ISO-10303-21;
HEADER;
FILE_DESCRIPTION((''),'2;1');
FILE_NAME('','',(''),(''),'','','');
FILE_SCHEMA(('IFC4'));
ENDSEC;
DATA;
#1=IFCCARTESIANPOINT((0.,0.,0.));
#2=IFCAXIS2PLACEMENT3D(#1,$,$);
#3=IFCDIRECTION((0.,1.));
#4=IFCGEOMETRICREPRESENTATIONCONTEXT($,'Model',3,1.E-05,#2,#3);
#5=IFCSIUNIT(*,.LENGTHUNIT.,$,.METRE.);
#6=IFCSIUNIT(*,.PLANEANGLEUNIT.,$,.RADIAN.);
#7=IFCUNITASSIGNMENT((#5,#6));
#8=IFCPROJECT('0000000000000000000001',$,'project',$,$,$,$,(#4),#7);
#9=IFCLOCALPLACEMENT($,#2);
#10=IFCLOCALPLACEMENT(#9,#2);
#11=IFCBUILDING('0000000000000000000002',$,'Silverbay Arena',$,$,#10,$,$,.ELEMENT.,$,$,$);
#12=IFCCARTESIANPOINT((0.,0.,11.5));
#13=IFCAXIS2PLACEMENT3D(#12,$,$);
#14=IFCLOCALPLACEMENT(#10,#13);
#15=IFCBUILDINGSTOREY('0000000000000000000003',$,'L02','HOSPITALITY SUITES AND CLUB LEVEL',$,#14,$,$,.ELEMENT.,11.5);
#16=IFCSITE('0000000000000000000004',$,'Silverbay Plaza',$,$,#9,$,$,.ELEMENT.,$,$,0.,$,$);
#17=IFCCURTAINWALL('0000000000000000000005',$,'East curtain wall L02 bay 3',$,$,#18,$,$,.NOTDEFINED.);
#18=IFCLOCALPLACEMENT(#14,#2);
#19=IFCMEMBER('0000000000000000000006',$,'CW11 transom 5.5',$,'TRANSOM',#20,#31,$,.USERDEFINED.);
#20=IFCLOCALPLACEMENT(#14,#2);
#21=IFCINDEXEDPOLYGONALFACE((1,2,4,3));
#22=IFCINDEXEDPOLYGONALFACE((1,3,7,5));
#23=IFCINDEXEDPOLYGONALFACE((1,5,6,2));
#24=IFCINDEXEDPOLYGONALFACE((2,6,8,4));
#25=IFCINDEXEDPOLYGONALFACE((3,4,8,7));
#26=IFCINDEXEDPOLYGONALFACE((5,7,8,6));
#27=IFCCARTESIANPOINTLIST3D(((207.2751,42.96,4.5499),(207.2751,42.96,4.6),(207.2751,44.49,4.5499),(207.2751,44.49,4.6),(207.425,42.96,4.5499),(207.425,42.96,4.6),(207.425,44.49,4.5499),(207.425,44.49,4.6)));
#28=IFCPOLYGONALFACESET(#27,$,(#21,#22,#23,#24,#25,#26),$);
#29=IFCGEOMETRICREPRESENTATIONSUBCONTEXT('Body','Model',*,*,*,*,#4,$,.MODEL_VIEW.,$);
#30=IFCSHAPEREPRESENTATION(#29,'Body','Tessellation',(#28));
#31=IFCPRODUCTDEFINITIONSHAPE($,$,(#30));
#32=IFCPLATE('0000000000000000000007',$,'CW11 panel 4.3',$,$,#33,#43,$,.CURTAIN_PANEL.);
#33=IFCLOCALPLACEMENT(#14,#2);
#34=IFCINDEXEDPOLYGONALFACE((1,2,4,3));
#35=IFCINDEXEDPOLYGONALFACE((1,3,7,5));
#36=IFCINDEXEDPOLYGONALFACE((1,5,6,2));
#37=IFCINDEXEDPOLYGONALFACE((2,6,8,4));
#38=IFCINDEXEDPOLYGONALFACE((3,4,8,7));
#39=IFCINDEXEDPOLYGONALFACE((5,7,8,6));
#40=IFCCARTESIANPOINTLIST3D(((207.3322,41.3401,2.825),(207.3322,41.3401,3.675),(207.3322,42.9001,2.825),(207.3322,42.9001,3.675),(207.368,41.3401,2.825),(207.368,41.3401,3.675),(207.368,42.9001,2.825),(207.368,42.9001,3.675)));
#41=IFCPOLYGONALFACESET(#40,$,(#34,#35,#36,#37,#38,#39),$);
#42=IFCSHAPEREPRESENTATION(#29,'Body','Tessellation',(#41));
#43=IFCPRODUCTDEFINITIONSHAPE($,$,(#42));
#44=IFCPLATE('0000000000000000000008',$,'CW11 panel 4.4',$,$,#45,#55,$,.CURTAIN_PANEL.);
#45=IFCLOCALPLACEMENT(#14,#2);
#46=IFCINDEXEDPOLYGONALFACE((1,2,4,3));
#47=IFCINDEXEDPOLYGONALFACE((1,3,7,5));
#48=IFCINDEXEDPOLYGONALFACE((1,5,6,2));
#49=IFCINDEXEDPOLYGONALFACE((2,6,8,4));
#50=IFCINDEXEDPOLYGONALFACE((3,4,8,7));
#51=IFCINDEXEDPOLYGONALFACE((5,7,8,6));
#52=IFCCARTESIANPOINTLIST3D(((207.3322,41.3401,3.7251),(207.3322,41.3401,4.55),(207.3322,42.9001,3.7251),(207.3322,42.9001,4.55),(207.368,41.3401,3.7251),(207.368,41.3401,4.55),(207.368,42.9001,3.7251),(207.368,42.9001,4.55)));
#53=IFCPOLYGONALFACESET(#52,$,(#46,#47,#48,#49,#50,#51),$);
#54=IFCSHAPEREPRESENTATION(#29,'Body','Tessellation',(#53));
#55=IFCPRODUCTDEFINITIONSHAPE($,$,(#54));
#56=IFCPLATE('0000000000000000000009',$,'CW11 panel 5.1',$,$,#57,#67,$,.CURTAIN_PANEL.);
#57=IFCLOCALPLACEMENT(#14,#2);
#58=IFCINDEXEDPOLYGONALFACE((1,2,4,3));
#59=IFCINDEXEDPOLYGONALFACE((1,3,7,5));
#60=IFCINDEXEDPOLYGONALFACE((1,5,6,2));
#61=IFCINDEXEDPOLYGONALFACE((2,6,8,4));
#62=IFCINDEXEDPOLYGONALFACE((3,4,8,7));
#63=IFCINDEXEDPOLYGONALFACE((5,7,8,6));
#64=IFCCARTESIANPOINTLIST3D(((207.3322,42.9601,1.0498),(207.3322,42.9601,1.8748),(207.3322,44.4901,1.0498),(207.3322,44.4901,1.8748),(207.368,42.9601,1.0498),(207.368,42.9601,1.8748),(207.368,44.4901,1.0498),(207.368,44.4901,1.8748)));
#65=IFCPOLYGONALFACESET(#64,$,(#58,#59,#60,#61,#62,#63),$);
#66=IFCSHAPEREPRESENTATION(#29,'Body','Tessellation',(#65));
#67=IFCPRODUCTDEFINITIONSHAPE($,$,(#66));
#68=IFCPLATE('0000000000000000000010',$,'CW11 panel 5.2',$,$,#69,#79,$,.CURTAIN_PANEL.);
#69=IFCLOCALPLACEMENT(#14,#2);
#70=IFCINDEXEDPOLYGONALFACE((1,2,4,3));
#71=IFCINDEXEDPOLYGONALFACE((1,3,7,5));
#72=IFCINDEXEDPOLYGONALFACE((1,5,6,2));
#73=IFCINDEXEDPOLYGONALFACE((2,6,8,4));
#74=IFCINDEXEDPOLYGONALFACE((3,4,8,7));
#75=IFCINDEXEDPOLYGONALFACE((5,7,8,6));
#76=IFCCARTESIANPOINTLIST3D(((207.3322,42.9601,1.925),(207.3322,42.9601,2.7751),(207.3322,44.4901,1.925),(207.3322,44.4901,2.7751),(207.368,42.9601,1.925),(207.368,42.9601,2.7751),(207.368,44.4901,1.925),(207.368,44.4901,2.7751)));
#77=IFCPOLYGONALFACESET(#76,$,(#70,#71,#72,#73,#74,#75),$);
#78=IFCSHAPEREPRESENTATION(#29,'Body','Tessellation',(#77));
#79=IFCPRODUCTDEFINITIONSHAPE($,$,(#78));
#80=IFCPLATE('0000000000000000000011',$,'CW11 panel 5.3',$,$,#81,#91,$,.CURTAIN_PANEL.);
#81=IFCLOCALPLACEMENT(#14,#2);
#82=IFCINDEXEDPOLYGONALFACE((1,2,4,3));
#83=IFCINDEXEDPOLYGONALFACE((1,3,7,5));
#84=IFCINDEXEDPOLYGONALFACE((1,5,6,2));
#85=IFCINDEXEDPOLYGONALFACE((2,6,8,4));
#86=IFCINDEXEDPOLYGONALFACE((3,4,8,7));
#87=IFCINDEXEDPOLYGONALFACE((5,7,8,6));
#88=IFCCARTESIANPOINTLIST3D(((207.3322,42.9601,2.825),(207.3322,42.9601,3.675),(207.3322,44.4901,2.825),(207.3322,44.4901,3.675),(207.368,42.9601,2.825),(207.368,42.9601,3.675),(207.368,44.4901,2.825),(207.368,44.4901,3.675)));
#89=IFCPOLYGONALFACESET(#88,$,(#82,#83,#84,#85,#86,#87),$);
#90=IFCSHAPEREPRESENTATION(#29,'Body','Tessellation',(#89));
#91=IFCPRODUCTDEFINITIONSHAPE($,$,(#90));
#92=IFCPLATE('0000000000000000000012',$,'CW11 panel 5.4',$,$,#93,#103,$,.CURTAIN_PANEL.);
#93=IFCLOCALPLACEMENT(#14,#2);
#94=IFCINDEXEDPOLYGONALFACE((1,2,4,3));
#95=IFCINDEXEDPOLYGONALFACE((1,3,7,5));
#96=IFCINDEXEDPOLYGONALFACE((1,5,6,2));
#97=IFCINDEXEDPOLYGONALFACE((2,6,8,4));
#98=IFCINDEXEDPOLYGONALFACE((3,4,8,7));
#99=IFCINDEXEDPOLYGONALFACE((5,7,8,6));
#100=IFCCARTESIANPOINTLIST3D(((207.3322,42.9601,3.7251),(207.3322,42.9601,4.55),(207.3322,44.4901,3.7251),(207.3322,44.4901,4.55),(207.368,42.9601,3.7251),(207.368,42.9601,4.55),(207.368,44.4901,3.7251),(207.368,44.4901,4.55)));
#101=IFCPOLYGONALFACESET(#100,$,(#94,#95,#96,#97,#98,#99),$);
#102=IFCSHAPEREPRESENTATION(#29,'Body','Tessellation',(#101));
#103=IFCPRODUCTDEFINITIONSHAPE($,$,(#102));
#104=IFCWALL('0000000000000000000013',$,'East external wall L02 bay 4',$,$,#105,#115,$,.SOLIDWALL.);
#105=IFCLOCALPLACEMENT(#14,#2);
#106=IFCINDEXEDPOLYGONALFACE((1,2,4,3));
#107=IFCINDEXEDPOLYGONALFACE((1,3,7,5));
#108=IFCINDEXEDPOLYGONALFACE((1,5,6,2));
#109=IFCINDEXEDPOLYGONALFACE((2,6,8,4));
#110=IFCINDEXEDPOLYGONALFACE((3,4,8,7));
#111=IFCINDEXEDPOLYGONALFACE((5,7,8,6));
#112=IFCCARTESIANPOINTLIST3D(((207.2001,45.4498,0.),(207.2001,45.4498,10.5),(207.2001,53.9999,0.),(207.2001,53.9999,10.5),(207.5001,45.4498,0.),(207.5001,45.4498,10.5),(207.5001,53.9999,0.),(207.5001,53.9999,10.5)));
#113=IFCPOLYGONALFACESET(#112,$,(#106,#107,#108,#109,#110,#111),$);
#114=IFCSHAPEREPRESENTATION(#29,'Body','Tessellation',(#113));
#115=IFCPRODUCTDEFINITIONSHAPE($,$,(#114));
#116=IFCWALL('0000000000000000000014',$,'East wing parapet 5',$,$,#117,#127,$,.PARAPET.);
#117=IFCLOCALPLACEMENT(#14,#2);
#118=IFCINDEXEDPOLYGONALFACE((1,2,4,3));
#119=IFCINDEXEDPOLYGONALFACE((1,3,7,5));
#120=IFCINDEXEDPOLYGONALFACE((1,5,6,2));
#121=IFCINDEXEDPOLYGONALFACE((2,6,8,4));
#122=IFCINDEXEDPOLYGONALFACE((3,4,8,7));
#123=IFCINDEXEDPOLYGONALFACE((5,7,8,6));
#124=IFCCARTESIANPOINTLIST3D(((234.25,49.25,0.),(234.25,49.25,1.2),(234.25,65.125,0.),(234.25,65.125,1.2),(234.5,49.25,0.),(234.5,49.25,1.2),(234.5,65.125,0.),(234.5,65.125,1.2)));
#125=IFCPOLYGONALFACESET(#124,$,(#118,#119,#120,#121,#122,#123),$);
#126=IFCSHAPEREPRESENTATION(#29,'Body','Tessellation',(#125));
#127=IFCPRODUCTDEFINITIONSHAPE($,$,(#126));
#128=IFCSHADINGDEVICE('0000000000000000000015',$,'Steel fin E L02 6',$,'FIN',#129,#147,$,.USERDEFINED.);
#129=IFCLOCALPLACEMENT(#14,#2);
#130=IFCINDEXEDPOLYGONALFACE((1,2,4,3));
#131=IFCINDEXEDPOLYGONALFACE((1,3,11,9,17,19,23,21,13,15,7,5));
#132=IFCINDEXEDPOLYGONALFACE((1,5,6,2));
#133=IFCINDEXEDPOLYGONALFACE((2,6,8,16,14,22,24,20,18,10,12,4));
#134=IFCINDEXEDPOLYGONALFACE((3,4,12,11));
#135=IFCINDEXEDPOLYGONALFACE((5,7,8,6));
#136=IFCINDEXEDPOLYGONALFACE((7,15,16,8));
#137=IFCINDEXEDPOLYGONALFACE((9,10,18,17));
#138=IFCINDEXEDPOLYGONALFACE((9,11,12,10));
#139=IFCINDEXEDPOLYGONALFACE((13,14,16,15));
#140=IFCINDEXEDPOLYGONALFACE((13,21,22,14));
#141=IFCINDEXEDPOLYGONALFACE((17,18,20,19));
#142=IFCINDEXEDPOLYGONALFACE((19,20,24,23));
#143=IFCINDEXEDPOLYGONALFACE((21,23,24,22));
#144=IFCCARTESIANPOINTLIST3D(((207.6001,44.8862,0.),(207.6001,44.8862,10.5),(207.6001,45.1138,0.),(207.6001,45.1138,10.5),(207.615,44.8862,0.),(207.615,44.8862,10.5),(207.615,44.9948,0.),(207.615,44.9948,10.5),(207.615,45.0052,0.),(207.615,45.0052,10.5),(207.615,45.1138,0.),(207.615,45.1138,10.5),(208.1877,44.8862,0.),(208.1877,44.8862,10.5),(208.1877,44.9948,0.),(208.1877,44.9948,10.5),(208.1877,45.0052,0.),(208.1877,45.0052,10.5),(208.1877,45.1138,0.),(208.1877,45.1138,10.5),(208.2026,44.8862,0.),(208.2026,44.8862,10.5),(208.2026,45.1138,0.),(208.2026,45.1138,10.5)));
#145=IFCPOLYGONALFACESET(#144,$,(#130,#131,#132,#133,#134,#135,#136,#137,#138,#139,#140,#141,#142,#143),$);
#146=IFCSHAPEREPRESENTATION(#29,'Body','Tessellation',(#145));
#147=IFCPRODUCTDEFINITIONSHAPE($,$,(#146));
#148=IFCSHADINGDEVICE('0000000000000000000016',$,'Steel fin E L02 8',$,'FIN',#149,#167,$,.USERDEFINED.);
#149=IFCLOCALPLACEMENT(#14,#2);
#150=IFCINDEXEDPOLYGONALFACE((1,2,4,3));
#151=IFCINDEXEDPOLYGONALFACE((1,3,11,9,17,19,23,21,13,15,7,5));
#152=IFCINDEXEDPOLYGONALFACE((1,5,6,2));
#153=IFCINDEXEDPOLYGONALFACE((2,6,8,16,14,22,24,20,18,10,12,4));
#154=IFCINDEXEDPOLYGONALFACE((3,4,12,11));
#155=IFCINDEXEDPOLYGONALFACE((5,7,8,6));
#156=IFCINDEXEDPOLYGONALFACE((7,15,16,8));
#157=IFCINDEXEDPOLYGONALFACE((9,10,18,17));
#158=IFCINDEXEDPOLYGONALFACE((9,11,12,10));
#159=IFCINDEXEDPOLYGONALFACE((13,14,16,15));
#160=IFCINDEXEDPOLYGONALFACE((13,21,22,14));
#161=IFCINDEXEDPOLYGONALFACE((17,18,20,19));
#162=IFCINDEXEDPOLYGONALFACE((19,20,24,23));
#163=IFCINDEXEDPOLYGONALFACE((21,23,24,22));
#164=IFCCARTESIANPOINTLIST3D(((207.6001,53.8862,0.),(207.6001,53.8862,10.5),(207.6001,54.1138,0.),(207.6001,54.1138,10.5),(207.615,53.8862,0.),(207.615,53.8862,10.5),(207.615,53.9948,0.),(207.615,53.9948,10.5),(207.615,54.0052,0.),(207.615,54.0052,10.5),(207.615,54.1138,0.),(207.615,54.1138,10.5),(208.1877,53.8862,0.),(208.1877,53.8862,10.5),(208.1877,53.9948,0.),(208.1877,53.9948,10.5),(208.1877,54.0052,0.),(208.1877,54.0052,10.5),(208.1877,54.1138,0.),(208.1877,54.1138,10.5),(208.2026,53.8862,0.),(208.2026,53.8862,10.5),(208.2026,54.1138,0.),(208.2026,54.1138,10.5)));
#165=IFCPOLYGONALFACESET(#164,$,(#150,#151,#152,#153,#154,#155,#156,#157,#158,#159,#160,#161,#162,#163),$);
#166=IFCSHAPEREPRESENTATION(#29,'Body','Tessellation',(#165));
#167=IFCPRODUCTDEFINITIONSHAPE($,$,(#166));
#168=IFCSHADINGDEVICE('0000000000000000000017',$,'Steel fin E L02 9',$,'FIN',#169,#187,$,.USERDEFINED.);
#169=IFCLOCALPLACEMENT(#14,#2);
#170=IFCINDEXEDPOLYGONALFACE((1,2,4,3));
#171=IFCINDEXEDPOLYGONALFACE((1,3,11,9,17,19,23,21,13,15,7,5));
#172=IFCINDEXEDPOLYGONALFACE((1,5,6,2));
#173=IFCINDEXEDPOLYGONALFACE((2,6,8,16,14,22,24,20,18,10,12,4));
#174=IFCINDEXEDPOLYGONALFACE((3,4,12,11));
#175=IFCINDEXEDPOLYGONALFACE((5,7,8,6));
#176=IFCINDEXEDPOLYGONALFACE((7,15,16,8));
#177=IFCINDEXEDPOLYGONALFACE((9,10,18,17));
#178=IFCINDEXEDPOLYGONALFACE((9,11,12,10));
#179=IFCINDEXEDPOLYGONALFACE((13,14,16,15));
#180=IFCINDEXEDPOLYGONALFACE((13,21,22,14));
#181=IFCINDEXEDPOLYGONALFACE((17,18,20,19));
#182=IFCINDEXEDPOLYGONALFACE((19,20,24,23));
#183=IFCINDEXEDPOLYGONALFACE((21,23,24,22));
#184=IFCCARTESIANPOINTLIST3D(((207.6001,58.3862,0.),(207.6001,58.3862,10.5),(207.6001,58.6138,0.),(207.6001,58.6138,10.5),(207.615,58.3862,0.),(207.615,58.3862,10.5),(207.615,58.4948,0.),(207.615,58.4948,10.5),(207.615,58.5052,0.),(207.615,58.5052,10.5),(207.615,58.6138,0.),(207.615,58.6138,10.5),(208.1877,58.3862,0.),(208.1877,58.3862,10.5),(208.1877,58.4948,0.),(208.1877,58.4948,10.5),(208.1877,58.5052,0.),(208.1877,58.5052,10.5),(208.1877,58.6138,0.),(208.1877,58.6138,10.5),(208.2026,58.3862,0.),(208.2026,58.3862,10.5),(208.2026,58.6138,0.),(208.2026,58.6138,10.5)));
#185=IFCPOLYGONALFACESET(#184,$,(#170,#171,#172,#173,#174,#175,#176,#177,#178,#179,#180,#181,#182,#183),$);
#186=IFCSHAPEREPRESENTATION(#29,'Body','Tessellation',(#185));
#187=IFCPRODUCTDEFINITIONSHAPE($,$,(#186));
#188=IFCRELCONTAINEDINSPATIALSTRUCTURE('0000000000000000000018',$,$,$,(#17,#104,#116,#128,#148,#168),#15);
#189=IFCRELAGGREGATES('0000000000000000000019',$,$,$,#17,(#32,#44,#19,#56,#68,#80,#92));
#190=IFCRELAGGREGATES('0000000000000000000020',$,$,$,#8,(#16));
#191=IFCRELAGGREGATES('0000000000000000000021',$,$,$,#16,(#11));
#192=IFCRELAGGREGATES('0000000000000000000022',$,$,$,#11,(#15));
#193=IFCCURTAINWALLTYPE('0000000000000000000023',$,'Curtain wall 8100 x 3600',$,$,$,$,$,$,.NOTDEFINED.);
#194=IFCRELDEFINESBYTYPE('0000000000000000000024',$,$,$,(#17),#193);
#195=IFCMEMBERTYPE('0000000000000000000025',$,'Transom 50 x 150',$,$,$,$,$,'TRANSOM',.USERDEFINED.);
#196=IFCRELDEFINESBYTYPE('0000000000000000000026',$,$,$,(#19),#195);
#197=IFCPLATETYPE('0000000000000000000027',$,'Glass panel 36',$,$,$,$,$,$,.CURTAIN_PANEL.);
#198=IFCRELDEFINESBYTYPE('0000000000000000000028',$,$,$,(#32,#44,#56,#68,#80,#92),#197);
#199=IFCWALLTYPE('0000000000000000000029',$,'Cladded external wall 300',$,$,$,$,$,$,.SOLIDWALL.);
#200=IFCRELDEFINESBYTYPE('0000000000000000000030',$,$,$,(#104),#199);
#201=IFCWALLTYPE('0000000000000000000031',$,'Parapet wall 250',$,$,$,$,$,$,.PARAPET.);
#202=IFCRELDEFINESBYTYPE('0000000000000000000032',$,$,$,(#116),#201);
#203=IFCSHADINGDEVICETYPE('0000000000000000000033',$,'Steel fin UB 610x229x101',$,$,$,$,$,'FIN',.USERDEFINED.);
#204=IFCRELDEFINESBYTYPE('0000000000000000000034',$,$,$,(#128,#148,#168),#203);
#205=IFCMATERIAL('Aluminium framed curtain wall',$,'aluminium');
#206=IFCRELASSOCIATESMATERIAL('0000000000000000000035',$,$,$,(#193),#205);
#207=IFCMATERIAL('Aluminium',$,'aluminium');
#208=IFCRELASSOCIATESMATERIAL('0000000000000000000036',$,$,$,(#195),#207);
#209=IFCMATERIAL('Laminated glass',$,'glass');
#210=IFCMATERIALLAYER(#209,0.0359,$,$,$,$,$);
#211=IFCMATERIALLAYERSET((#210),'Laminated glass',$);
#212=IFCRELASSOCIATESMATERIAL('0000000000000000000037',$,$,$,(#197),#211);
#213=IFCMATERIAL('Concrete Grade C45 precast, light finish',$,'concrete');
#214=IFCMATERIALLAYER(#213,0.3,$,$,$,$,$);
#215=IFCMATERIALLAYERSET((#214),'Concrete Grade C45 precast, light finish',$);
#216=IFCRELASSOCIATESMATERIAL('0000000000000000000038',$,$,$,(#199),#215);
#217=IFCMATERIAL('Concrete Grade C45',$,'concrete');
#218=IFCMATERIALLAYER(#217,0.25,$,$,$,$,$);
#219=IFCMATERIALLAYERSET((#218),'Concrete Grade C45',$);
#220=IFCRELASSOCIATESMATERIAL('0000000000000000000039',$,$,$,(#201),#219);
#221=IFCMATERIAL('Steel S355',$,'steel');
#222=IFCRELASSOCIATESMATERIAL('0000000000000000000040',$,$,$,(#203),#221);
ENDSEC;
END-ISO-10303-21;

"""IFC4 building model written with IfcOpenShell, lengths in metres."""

from ifc_helpers import new_model, si_unit, direction, frame, frame_2d, origin, origin_2d, place, context, subcontext, project, spatial, rectangle, i_section, extrude, material, layer, layer_set, material_profile, profile_set, type_object, element, aggregate, save


model = new_model("IFC4")

# Units and contexts
model_context = context("Model", 3, precision=1e-05, world=origin(), true_north=direction((0.0, 1.0)))
body_context = subcontext(model_context, "Body", "Model", "MODEL_VIEW")
ifc_project = project(units=[si_unit("LENGTHUNIT", "METRE"), si_unit("PLANEANGLEUNIT", "RADIAN")], contexts=[model_context])

# Site, building, storey
site_placement = place(None, origin())
site = spatial("IfcSite", under=ifc_project, at=site_placement, Name="Silverbay Plaza", CompositionType="ELEMENT", RefElevation=0.0)
building_placement = place(site_placement, origin())
building = spatial("IfcBuilding", under=site, at=building_placement, Name="Silverbay Arena", CompositionType="ELEMENT")
storey_placement = place(building_placement, frame((0.0, 0.0, 11.5)))
storey = spatial("IfcBuildingStorey", under=building, at=storey_placement, Name="L02", Description="HOSPITALITY SUITES AND CLUB LEVEL", CompositionType="ELEMENT", Elevation=11.5)

# Curtain wall
ifc_material_1 = material(Name="Aluminium framed curtain wall", Category="aluminium")
curtain_wall_type = type_object("IfcCurtainWallType", Name="Curtain wall 8100 x 3600", PredefinedType="NOTDEFINED", material=ifc_material_1)
curtain_wall_placement = place(storey_placement, origin())
curtain_wall = element("IfcCurtainWall", 1, at=curtain_wall_placement, inside=storey, type_object=curtain_wall_type, Name="East curtain wall L02 bay 3", PredefinedType="NOTDEFINED")

# Member
ifc_material_2 = material(Name="Aluminium", Category="aluminium")
ifc_material_profile_1 = material_profile(ifc_material_2, rectangle(XDim=0.1499, YDim=0.05, at=origin_2d()), Name="Transom 50 x 150")
ifc_profile_set_1 = profile_set([ifc_material_profile_1], Name="Aluminium")
member_type_1 = type_object("IfcMemberType", Name="Transom 50 x 150", ElementType="TRANSOM", PredefinedType="USERDEFINED", material=ifc_profile_set_1)
member_1_placement = place(storey_placement, frame((207.3501, 42.96, 4.575), z_axis=(0.0, 1.0, 0.0), x_axis=(-1.0, 0.0, 0.0)))
member_1 = element("IfcMember", 2, at=member_1_placement, type_object=member_type_1, Name="CW11 transom 5.5", ObjectType="TRANSOM", PredefinedType="USERDEFINED", context=body_context, shape_type="SweptSolid", body=[
    extrude(rectangle(XDim=0.1499, YDim=0.05, at=origin_2d()), origin(), (0.0, 0.0, 1.0), 1.53),
])

# Plates
ifc_material_3 = material(Name="Laminated glass", Category="glass")
ifc_layer_1 = layer(ifc_material_3, 0.0359)
ifc_layer_set_1 = layer_set([ifc_layer_1], Name="Laminated glass")
plate_type = type_object("IfcPlateType", Name="Glass panel 36", PredefinedType="CURTAIN_PANEL", material=ifc_layer_set_1)
plate_1_placement = place(storey_placement, frame((207.3501, 42.1201, 2.825), z_axis=(0.0, 0.0, 1.0), x_axis=(0.0, 1.0, 0.0)))
plate_1 = element("IfcPlate", 3, at=plate_1_placement, type_object=plate_type, Name="CW11 panel 4.3", PredefinedType="CURTAIN_PANEL", context=body_context, shape_type="SweptSolid", body=[
    extrude(rectangle(XDim=1.5601, YDim=0.0359, at=origin_2d()), origin(), (0.0, 0.0, 1.0), 0.8501),
])
plate_2_placement = place(storey_placement, frame((207.3501, 42.1201, 3.7251), z_axis=(0.0, 0.0, 1.0), x_axis=(0.0, 1.0, 0.0)))
plate_2 = element("IfcPlate", 4, at=plate_2_placement, type_object=plate_type, Name="CW11 panel 4.4", PredefinedType="CURTAIN_PANEL", context=body_context, shape_type="SweptSolid", body=[
    extrude(rectangle(XDim=1.5601, YDim=0.0359, at=origin_2d()), origin(), (0.0, 0.0, 1.0), 0.825),
])
plate_3_placement = place(storey_placement, frame((207.3501, 43.7251, 1.0498), z_axis=(0.0, 0.0, 1.0), x_axis=(0.0, 1.0, 0.0)))
plate_3 = element("IfcPlate", 5, at=plate_3_placement, type_object=plate_type, Name="CW11 panel 5.1", PredefinedType="CURTAIN_PANEL", context=body_context, shape_type="SweptSolid", body=[
    extrude(rectangle(XDim=1.53, YDim=0.0359, at=origin_2d()), origin(), (0.0, 0.0, 1.0), 0.825),
])
plate_4_placement = place(storey_placement, frame((207.3501, 43.7251, 1.925), z_axis=(0.0, 0.0, 1.0), x_axis=(0.0, 1.0, 0.0)))
plate_4 = element("IfcPlate", 6, at=plate_4_placement, type_object=plate_type, Name="CW11 panel 5.2", PredefinedType="CURTAIN_PANEL", context=body_context, shape_type="SweptSolid", body=[
    extrude(rectangle(XDim=1.53, YDim=0.0359, at=origin_2d()), origin(), (0.0, 0.0, 1.0), 0.8501),
])
plate_5_placement = place(storey_placement, frame((207.3501, 43.7251, 2.825), z_axis=(0.0, 0.0, 1.0), x_axis=(0.0, 1.0, 0.0)))
plate_5 = element("IfcPlate", 7, at=plate_5_placement, type_object=plate_type, Name="CW11 panel 5.3", PredefinedType="CURTAIN_PANEL", context=body_context, shape_type="SweptSolid", body=[
    extrude(rectangle(XDim=1.53, YDim=0.0359, at=origin_2d()), origin(), (0.0, 0.0, 1.0), 0.8501),
])
plate_6_placement = place(storey_placement, frame((207.3501, 43.7251, 3.7251), z_axis=(0.0, 0.0, 1.0), x_axis=(0.0, 1.0, 0.0)))
plate_6 = element("IfcPlate", 8, at=plate_6_placement, type_object=plate_type, Name="CW11 panel 5.4", PredefinedType="CURTAIN_PANEL", context=body_context, shape_type="SweptSolid", body=[
    extrude(rectangle(XDim=1.53, YDim=0.0359, at=origin_2d()), origin(), (0.0, 0.0, 1.0), 0.825),
])
aggregate(curtain_wall, [plate_1, plate_2, member_1, plate_3, plate_4, plate_5, plate_6])

# Walls
ifc_material_4 = material(Name="Concrete Grade C45 precast, light finish", Category="concrete")
ifc_layer_2 = layer(ifc_material_4, 0.3)
ifc_layer_set_2 = layer_set([ifc_layer_2], Name="Concrete Grade C45 precast, light finish")
wall_type_1 = type_object("IfcWallType", Name="Cladded external wall 300", PredefinedType="SOLIDWALL", material=ifc_layer_set_2)
wall_1_placement = place(storey_placement, frame((207.3501, 45.45, 0.0), z_axis=(0.0, 0.0, 1.0), x_axis=(0.0, 1.0, 0.0)))
element("IfcWall", 9, at=wall_1_placement, inside=storey, type_object=wall_type_1, Name="East external wall L02 bay 4", PredefinedType="SOLIDWALL", context=body_context, shape_type="SweptSolid", body=[
    extrude(rectangle(XDim=8.55, YDim=0.3, at=frame_2d((4.2749, 0.0))), origin(), (0.0, 0.0, 1.0), 10.5),
])
ifc_material_5 = material(Name="Concrete Grade C45", Category="concrete")
ifc_layer_3 = layer(ifc_material_5, 0.25)
ifc_layer_set_3 = layer_set([ifc_layer_3], Name="Concrete Grade C45")
wall_type_2 = type_object("IfcWallType", Name="Parapet wall 250", PredefinedType="PARAPET", material=ifc_layer_set_3)
wall_2_placement = place(storey_placement, frame((234.375, 49.25, 0.0), z_axis=(0.0, 0.0, 1.0), x_axis=(0.0, 1.0, 0.0)))
element("IfcWall", 10, at=wall_2_placement, inside=storey, type_object=wall_type_2, Name="East wing parapet 5", PredefinedType="PARAPET", context=body_context, shape_type="SweptSolid", body=[
    extrude(rectangle(XDim=15.875, YDim=0.25, at=frame_2d((7.9375, 0.0))), origin(), (0.0, 0.0, 1.0), 1.2),
])

# Shading devices
ifc_material_6 = material(Name="Steel S355", Category="steel")
ifc_material_profile_2 = material_profile(ifc_material_6, i_section(OverallWidth=0.2275, OverallDepth=0.6025, WebThickness=0.0105, FlangeThickness=0.0149, at=origin_2d()), Name="UB 610x229x101")
ifc_profile_set_2 = profile_set([ifc_material_profile_2], Name="Steel S355")
shading_device_type = type_object("IfcShadingDeviceType", Name="Steel fin UB 610x229x101", ElementType="FIN", PredefinedType="USERDEFINED", material=ifc_profile_set_2)
for number, where, z_axis, x_axis, name in (
    (11, (207.9014, 45.0, 0.0), (0.0, 0.0, 1.0), (0.0, 1.0, 0.0), "Steel fin E L02 6"),
    (12, (207.9014, 54.0, 0.0), (0.0, 0.0, 1.0), (0.0, 1.0, 0.0), "Steel fin E L02 8"),
    (13, (207.9014, 58.5, 0.0), (0.0, 0.0, 1.0), (0.0, 1.0, 0.0), "Steel fin E L02 9"),
):
    element("IfcShadingDevice", number, at=place(storey_placement, frame(where, z_axis=z_axis, x_axis=x_axis)), inside=storey, type_object=shading_device_type, Name=name, ObjectType="FIN", PredefinedType="USERDEFINED", context=body_context, shape_type="SweptSolid", body=[
        extrude(i_section(OverallWidth=0.2275, OverallDepth=0.6025, WebThickness=0.0105, FlangeThickness=0.0149, at=origin_2d()), origin(), (0.0, 0.0, 1.0), 10.5),
    ])

save(model, "model.ifc")
